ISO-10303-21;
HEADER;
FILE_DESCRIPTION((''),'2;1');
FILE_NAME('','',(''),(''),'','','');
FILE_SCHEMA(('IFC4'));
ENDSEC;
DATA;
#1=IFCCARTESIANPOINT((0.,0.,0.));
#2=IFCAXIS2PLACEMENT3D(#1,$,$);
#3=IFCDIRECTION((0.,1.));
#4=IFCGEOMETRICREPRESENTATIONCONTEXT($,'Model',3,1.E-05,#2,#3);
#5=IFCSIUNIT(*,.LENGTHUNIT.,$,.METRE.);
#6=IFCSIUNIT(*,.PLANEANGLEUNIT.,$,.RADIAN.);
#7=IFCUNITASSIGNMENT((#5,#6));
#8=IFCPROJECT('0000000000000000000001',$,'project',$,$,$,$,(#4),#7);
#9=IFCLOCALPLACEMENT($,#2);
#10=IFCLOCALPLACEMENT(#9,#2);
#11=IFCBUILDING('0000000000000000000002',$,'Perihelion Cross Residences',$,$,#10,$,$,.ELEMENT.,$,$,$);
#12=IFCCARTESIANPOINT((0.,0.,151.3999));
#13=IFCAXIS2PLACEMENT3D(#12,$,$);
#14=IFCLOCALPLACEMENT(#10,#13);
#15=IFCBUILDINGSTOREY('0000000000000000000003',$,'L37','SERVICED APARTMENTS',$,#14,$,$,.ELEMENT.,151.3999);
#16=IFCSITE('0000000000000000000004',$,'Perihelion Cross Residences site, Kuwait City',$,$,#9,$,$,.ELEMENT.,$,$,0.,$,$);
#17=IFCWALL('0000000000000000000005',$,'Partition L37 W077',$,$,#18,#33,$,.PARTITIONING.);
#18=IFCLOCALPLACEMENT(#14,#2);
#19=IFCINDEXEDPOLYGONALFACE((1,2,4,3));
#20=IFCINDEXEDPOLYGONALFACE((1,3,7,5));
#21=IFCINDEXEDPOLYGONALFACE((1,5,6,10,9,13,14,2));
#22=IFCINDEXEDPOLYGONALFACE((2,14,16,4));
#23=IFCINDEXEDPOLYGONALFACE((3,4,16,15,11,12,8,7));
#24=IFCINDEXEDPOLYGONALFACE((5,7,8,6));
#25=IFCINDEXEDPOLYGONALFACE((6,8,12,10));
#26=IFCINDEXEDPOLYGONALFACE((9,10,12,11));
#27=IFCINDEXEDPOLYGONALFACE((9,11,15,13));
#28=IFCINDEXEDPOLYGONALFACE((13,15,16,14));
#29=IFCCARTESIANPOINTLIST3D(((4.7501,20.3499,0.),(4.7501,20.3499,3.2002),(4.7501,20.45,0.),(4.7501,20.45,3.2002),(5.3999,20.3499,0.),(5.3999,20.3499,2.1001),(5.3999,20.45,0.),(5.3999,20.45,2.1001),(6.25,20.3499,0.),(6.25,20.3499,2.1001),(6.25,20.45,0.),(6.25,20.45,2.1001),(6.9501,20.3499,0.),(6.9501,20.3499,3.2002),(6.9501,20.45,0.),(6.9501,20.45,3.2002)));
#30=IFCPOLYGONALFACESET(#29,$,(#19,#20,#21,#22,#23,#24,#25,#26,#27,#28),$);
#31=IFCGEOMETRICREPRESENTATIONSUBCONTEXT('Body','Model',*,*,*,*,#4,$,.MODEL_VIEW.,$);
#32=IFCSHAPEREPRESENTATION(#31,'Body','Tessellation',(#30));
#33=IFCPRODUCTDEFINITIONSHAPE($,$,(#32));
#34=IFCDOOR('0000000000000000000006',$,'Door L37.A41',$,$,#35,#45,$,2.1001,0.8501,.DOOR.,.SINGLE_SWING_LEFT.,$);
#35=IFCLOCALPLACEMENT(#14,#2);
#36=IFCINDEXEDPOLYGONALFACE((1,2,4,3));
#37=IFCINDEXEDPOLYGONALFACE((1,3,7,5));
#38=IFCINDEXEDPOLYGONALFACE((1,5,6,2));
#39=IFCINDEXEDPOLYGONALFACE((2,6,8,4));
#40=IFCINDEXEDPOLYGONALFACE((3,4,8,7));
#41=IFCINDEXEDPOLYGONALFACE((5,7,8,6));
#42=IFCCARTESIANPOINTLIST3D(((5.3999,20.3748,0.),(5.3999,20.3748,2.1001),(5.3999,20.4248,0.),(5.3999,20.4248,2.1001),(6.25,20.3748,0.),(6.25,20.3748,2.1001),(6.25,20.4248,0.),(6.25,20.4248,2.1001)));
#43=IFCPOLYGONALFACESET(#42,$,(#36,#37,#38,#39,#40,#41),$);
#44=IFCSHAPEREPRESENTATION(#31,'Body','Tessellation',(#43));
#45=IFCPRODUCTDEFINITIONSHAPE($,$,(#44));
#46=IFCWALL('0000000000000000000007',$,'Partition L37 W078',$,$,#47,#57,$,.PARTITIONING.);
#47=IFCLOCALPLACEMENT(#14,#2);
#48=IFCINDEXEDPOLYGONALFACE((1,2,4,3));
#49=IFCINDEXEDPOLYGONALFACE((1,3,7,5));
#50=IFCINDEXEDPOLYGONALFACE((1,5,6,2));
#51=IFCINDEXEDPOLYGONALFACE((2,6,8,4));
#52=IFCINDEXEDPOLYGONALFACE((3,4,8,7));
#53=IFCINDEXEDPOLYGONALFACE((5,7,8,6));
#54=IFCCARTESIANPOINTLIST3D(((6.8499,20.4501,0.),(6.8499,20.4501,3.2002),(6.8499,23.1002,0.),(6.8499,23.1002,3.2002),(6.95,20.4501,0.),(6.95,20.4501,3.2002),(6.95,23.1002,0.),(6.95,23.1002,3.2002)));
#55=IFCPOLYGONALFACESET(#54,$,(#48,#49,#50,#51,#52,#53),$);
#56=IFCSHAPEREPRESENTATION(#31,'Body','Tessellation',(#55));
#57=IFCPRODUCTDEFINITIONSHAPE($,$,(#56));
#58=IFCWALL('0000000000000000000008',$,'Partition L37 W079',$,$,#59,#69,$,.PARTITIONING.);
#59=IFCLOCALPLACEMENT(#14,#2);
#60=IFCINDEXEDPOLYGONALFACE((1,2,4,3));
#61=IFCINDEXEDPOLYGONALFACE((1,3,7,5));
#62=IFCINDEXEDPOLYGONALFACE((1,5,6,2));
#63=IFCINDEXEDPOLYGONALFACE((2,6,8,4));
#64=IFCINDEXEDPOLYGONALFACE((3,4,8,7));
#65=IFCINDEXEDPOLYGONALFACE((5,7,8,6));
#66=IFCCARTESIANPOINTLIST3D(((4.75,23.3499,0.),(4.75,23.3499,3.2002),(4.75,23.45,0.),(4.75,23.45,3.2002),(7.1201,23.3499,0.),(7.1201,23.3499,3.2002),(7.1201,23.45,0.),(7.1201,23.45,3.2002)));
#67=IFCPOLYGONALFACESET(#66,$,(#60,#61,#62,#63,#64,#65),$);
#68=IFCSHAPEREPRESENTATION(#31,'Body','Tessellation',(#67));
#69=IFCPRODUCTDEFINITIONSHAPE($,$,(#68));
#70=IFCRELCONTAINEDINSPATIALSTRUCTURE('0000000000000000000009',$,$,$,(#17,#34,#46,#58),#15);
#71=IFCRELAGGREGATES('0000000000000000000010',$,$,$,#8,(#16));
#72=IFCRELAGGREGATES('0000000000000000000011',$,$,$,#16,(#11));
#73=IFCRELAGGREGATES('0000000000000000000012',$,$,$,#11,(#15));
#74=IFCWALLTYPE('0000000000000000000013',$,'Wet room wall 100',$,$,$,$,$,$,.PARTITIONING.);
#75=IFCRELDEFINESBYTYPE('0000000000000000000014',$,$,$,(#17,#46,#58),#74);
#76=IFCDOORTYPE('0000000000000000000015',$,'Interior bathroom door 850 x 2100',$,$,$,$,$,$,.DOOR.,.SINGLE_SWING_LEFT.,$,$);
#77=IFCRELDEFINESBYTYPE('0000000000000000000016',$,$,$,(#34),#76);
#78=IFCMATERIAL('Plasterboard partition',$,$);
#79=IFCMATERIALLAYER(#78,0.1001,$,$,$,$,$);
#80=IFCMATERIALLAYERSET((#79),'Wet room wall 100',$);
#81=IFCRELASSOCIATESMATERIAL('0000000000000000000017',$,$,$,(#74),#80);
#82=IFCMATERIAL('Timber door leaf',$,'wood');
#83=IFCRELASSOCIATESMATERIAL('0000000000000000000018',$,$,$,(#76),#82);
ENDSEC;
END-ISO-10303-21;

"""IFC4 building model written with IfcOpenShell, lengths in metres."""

from ifc_helpers import new_model, si_unit, direction, frame, frame_2d, origin, place, context, subcontext, project, spatial, rectangle, extrude, material, layer, layer_set, type_object, element, fill, save


model = new_model("IFC4")

# Units and contexts
model_context = context("Model", 3, precision=1e-05, world=origin(), true_north=direction((0.0, 1.0)))
body_context = subcontext(model_context, "Body", "Model", "MODEL_VIEW")
ifc_project = project(units=[si_unit("LENGTHUNIT", "METRE"), si_unit("PLANEANGLEUNIT", "RADIAN")], contexts=[model_context])

# Site, building, storey
site_placement = place(None, origin())
site = spatial("IfcSite", under=ifc_project, at=site_placement, Name="Perihelion Cross Residences site, Kuwait City", CompositionType="ELEMENT", RefElevation=0.0)
building_placement = place(site_placement, origin())
building = spatial("IfcBuilding", under=site, at=building_placement, Name="Perihelion Cross Residences", CompositionType="ELEMENT")
storey_placement = place(building_placement, frame((0.0, 0.0, 151.3999)))
storey = spatial("IfcBuildingStorey", under=building, at=storey_placement, Name="L37", Description="SERVICED APARTMENTS", CompositionType="ELEMENT", Elevation=151.3999)

# Shared definitions
ifc_material_1 = material(Name="Plasterboard partition")
ifc_layer_1 = layer(ifc_material_1, 0.1001)
ifc_layer_set_1 = layer_set([ifc_layer_1], Name="Wet room wall 100")
wall_type_1 = type_object("IfcWallType", Name="Wet room wall 100", PredefinedType="PARTITIONING", material=ifc_layer_set_1)

# Wall, opening, door
wall_1_placement = place(storey_placement, frame((4.75, 20.3999, 0.0), z_axis=(0.0, 0.0, 1.0), x_axis=(1.0, 0.0, 0.0)))
wall_1 = element("IfcWall", 1, at=wall_1_placement, inside=storey, type_object=wall_type_1, Name="Partition L37 W077", PredefinedType="PARTITIONING", context=body_context, shape_type="SweptSolid", body=[
    extrude(rectangle(XDim=2.2, YDim=0.1001, at=frame_2d((1.1001, 0.0))), origin(), (0.0, 0.0, 1.0), 3.2002),
])
opening_1_placement = place(wall_1_placement, frame((0.6499, 0.0, 0.0)))
opening_1 = element("IfcOpeningElement", 2, at=opening_1_placement, cuts=wall_1, PredefinedType="OPENING", context=body_context, shape_type="SweptSolid", body=[
    extrude(rectangle(XDim=0.8501, YDim=2.1001, at=frame_2d((0.425, 1.05))), frame((0.0, 0.0601, 0.0), z_axis=(0.0, -1.0, 0.0), x_axis=(1.0, 0.0, 0.0)), (0.0, 0.0, 1.0), 0.1201),
])
ifc_material_2 = material(Name="Timber door leaf", Category="wood")
door_type_1 = type_object("IfcDoorType", Name="Interior bathroom door 850 x 2100", OperationType="SINGLE_SWING_LEFT", PredefinedType="DOOR", material=ifc_material_2)
door_1_placement = place(opening_1_placement, origin())
door_1 = element("IfcDoor", 3, at=door_1_placement, inside=storey, type_object=door_type_1, Name="Door L37.A41", OperationType="SINGLE_SWING_LEFT", OverallHeight=2.1001, OverallWidth=0.8501, PredefinedType="DOOR", context=body_context, shape_type="SweptSolid", body=[
    extrude(rectangle(XDim=0.8501, YDim=2.1001, at=frame_2d((0.425, 1.05))), frame((0.0, 0.0249, 0.0), z_axis=(0.0, -1.0, 0.0), x_axis=(1.0, 0.0, 0.0)), (0.0, 0.0, 1.0), 0.05),
])
fill(opening_1, door_1)

# Walls
wall_2_placement = place(storey_placement, frame((6.8999, 20.45, 0.0), z_axis=(0.0, 0.0, 1.0), x_axis=(0.0, 1.0, 0.0)))
element("IfcWall", 4, at=wall_2_placement, inside=storey, type_object=wall_type_1, Name="Partition L37 W078", PredefinedType="PARTITIONING", context=body_context, shape_type="SweptSolid", body=[
    extrude(rectangle(XDim=2.6501, YDim=0.1001, at=frame_2d((1.3252, 0.0))), origin(), (0.0, 0.0, 1.0), 3.2002),
])
wall_3_placement = place(storey_placement, frame((4.75, 23.3999, 0.0), z_axis=(0.0, 0.0, 1.0), x_axis=(1.0, 0.0, 0.0)))
element("IfcWall", 5, at=wall_3_placement, inside=storey, type_object=wall_type_1, Name="Partition L37 W079", PredefinedType="PARTITIONING", context=body_context, shape_type="SweptSolid", body=[
    extrude(rectangle(XDim=2.3701, YDim=0.1001, at=frame_2d((1.1851, 0.0))), origin(), (0.0, 0.0, 1.0), 3.2002),
])

save(model, "model.ifc")
